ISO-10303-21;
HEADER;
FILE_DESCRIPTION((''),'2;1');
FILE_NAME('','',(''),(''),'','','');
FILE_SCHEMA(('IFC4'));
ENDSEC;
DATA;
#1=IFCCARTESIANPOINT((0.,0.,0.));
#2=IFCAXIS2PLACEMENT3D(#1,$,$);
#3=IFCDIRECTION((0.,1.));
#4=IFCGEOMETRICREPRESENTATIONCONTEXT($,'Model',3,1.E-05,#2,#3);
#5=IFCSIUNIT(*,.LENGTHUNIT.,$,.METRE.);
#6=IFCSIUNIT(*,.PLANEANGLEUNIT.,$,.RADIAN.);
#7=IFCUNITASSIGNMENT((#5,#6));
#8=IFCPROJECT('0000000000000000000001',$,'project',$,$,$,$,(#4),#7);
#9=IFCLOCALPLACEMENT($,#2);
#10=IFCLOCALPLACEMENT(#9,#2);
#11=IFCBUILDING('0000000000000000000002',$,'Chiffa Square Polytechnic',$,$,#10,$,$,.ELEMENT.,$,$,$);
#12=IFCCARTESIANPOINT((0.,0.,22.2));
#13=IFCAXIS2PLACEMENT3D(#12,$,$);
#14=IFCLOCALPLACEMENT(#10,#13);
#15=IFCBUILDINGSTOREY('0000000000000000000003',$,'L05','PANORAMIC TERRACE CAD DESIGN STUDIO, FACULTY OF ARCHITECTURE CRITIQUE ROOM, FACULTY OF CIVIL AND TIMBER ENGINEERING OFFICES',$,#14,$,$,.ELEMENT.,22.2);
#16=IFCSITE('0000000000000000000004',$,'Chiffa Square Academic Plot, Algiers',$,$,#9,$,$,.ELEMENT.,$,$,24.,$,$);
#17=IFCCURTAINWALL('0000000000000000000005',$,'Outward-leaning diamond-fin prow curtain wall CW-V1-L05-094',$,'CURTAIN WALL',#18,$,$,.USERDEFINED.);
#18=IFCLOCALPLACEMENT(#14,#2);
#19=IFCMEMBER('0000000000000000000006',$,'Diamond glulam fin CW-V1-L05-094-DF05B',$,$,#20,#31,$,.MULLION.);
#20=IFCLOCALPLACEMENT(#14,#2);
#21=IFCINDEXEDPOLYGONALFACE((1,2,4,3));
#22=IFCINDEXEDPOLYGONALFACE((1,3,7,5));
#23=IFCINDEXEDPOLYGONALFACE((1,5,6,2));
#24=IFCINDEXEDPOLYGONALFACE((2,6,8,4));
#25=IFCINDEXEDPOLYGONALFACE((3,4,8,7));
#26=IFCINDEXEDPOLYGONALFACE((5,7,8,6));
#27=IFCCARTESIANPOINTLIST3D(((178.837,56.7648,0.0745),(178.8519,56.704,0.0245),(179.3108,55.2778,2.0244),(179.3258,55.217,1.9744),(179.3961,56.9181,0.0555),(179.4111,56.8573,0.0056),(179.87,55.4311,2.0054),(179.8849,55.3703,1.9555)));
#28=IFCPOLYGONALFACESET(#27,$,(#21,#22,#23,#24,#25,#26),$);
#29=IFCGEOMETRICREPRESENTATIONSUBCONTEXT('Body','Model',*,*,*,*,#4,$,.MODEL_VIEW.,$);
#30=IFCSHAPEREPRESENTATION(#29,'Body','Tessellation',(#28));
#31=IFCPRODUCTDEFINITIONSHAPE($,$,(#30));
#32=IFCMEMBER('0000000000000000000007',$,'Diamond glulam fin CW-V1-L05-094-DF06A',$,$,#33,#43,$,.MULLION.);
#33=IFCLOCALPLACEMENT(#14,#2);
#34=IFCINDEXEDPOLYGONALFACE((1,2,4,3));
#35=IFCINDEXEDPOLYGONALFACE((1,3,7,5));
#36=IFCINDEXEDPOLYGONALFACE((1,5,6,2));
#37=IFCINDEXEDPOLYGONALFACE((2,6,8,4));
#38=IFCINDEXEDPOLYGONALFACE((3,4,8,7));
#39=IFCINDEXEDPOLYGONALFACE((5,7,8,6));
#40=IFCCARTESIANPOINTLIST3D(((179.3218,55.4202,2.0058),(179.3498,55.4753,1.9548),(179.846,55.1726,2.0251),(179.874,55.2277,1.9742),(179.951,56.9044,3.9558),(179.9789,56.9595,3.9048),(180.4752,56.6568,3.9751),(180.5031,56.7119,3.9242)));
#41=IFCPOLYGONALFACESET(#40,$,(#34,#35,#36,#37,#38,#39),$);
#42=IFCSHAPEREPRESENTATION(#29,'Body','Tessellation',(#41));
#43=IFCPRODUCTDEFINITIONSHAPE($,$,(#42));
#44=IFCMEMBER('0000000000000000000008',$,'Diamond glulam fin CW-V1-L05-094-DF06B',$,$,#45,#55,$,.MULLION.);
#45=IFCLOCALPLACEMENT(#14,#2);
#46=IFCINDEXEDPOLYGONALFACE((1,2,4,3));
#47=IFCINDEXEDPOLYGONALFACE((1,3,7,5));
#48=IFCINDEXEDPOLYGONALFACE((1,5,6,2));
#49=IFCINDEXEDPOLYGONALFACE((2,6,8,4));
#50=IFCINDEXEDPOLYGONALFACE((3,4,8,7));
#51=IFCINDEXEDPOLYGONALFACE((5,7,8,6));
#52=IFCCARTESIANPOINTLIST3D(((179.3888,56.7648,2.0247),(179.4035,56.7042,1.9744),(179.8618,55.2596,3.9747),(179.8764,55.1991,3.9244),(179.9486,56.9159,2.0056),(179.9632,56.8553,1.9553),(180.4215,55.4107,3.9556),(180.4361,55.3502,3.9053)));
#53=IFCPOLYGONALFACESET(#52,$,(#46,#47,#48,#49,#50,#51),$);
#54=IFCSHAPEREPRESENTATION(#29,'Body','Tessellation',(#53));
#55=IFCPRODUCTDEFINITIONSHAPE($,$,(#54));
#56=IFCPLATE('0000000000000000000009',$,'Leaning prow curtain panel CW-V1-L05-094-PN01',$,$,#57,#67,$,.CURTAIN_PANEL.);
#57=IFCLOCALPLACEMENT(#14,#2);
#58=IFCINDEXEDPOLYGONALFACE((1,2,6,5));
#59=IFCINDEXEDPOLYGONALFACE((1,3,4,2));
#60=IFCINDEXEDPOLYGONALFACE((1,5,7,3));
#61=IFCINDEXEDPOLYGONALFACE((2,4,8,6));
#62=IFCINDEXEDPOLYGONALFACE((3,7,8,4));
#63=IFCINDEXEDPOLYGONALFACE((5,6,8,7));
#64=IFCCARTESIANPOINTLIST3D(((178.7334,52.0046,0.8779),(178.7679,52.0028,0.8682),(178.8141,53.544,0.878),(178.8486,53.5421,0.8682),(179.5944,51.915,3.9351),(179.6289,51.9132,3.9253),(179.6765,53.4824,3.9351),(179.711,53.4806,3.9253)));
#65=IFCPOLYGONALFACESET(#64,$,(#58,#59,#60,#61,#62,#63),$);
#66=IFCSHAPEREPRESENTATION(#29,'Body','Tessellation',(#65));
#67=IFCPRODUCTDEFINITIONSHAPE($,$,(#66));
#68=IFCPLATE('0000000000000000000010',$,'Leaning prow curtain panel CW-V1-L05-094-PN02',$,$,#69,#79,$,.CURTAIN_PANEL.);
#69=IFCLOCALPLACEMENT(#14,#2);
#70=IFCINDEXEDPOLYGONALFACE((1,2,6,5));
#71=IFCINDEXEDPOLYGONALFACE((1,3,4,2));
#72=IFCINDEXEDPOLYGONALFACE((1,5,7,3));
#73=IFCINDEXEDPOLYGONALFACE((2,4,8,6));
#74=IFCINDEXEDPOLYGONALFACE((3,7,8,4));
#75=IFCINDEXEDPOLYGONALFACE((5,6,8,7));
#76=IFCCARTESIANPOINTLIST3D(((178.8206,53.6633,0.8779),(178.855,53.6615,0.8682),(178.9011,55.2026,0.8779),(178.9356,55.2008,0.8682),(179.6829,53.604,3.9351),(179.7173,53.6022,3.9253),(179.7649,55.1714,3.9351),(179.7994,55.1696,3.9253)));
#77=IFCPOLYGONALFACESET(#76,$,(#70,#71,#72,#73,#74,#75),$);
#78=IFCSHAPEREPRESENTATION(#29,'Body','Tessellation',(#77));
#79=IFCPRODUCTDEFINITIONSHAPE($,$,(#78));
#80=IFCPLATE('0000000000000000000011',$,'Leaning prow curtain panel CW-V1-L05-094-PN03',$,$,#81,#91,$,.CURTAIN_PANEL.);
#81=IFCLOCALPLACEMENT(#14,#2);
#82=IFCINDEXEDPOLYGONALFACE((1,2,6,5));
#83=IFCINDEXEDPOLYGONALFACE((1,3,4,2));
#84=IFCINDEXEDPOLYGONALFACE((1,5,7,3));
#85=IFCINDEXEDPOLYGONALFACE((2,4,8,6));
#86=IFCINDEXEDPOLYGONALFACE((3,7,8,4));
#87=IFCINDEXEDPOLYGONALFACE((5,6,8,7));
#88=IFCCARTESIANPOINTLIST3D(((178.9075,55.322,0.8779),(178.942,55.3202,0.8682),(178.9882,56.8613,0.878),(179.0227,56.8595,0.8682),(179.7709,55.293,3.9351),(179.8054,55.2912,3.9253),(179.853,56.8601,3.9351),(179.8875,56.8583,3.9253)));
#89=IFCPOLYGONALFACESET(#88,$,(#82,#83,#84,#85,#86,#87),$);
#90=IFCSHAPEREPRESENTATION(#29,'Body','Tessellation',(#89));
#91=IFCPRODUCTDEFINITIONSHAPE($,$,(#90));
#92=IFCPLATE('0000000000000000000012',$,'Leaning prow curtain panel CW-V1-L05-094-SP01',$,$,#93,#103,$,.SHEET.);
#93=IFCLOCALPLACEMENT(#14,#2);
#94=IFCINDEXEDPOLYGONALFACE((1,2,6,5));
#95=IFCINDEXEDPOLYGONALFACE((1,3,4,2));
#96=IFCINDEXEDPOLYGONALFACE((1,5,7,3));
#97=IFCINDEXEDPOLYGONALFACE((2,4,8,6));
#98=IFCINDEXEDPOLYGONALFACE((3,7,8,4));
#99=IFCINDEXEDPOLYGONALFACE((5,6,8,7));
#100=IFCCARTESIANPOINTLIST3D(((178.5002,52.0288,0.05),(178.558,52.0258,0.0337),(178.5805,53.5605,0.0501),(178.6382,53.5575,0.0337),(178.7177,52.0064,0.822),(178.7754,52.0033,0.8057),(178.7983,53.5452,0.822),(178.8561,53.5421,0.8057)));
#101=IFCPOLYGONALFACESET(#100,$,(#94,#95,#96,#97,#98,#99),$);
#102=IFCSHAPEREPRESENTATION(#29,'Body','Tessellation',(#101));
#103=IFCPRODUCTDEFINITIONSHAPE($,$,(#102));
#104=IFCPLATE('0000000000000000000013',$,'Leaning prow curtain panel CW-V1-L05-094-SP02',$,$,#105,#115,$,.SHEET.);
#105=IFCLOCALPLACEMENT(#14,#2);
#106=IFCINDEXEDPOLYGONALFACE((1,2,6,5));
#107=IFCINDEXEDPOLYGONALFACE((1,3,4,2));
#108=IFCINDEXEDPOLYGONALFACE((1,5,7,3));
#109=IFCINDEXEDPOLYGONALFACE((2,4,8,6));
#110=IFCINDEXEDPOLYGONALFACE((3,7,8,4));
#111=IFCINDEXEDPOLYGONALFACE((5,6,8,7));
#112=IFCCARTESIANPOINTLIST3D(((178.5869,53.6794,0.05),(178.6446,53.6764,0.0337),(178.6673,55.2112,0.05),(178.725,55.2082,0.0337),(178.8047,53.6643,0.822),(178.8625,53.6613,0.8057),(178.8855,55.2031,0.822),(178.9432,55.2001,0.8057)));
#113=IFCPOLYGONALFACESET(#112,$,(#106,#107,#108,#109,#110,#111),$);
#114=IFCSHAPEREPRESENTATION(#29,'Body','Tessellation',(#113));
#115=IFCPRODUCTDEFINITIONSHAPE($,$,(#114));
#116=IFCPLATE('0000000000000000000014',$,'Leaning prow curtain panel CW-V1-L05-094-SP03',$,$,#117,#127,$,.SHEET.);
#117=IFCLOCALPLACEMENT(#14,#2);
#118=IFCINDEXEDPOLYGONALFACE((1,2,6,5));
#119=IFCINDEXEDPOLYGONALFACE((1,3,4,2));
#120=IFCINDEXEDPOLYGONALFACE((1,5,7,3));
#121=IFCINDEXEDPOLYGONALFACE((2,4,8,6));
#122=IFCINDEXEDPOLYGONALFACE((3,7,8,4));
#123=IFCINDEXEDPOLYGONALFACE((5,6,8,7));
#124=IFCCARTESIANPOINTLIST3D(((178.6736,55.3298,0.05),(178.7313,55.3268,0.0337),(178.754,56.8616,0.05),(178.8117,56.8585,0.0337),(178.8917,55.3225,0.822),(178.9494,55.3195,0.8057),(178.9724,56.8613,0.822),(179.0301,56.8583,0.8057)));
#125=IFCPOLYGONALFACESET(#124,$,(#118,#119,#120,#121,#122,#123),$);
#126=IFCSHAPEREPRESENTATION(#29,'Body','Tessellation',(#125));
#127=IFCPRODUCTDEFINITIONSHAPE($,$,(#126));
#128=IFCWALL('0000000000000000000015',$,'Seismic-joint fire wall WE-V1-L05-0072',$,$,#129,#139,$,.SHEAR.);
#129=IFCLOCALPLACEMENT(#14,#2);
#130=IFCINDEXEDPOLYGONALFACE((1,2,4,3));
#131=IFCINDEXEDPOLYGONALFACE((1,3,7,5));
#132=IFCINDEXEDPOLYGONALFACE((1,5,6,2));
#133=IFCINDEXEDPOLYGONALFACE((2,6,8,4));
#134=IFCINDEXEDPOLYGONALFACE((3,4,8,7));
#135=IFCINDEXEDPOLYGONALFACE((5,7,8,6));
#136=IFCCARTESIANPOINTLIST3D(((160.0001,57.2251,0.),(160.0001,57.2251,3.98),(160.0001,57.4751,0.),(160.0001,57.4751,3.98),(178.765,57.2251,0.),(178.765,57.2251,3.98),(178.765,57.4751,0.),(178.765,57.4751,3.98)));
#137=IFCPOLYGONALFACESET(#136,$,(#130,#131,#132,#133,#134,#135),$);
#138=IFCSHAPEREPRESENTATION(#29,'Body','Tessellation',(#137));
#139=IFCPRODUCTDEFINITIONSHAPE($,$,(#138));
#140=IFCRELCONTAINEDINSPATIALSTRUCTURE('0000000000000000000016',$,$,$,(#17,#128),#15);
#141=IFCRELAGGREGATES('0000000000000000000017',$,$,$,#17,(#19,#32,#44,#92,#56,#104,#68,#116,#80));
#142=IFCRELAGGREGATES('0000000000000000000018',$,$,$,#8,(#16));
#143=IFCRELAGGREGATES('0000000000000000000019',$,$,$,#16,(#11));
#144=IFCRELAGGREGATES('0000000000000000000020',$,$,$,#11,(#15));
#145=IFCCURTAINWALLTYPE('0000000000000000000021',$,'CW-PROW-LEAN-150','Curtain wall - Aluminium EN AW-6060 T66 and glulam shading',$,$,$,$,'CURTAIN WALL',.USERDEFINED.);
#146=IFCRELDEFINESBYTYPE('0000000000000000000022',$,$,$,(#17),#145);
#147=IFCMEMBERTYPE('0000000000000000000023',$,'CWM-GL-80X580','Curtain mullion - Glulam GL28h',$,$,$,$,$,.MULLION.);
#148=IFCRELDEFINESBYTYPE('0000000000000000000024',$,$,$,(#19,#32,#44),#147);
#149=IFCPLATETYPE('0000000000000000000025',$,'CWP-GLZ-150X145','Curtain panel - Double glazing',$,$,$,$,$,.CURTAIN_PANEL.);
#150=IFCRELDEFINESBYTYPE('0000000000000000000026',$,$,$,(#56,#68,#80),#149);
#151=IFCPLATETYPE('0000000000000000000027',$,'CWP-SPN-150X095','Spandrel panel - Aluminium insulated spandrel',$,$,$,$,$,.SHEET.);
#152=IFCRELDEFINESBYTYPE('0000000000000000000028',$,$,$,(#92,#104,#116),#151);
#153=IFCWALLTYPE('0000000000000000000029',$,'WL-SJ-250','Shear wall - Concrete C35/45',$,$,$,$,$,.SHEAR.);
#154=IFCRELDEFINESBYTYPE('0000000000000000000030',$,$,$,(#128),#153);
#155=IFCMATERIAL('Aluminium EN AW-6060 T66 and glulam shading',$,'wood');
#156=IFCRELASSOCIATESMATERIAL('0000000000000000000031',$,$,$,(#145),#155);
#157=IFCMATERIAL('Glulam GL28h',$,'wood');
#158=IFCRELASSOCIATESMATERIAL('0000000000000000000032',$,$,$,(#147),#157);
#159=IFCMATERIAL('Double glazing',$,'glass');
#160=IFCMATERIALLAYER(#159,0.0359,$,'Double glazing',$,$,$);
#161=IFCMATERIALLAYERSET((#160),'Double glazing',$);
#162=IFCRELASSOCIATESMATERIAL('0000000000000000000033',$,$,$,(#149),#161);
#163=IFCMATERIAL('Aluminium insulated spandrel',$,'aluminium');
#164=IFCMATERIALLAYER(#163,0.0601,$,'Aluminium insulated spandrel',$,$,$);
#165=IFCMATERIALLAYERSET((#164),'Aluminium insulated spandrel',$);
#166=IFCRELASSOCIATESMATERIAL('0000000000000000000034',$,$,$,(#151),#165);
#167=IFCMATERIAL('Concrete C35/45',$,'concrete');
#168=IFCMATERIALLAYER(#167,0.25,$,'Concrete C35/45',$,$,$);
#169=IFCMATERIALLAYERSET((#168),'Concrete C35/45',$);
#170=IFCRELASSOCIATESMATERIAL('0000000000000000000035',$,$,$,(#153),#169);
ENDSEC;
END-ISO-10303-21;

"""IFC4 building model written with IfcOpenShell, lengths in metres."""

from ifc_helpers import new_model, si_unit, direction, frame, frame_2d, origin, origin_2d, place, context, subcontext, project, spatial, polyline, rectangle, outline, extrude, material, layer, layer_set, material_profile, profile_set, type_object, element, aggregate, save


model = new_model("IFC4")

# Units and contexts
model_context = context("Model", 3, precision=1e-05, world=origin(), true_north=direction((0.0, 1.0)))
body_context = subcontext(model_context, "Body", "Model", "MODEL_VIEW")
ifc_project = project(units=[si_unit("LENGTHUNIT", "METRE"), si_unit("PLANEANGLEUNIT", "RADIAN")], contexts=[model_context])

# Site, building, storey
site_placement = place(None, origin())
site = spatial("IfcSite", under=ifc_project, at=site_placement, Name="Chiffa Square Academic Plot, Algiers", CompositionType="ELEMENT", RefElevation=24.0)
building_placement = place(site_placement, origin())
building = spatial("IfcBuilding", under=site, at=building_placement, Name="Chiffa Square Polytechnic", CompositionType="ELEMENT")
storey_placement = place(building_placement, frame((0.0, 0.0, 22.2)))
storey = spatial("IfcBuildingStorey", under=building, at=storey_placement, Name="L05", Description="PANORAMIC TERRACE CAD DESIGN STUDIO, FACULTY OF ARCHITECTURE CRITIQUE ROOM, FACULTY OF CIVIL AND TIMBER ENGINEERING OFFICES", CompositionType="ELEMENT", Elevation=22.2)

# Curtain wall, members, plates
ifc_material_1 = material(Name="Aluminium EN AW-6060 T66 and glulam shading", Category="wood")
curtain_wall_type = type_object("IfcCurtainWallType", Name="CW-PROW-LEAN-150", Description="Curtain wall - Aluminium EN AW-6060 T66 and glulam shading", ElementType="CURTAIN WALL", PredefinedType="USERDEFINED", material=ifc_material_1)
curtain_wall_placement = place(storey_placement, origin())
curtain_wall = element("IfcCurtainWall", 1, at=curtain_wall_placement, inside=storey, type_object=curtain_wall_type, Name="Outward-leaning diamond-fin prow curtain wall CW-V1-L05-094", ObjectType="CURTAIN WALL", PredefinedType="USERDEFINED")
ifc_material_2 = material(Name="Glulam GL28h", Category="wood")
ifc_material_profile_1 = material_profile(ifc_material_2, rectangle(XDim=0.0801, YDim=0.5801, at=origin_2d()), Name="GL28h 80x580")
ifc_profile_set_1 = profile_set([ifc_material_profile_1], Name="Glulam GL28h")
member_type_1 = type_object("IfcMemberType", Name="CWM-GL-80X580", Description="Curtain mullion - Glulam GL28h", PredefinedType="MULLION", material=ifc_profile_set_1)
member_1_placement = place(storey_placement, frame((179.124, 56.811, 0.04), z_axis=(0.18973, -0.595386, 0.780717), x_axis=(-0.186854, 0.758732, 0.624029)))
member_1 = element("IfcMember", 2, at=member_1_placement, type_object=member_type_1, Name="Diamond glulam fin CW-V1-L05-094-DF05B", PredefinedType="MULLION", context=body_context, shape_type="SweptSolid", body=[
    extrude(rectangle(XDim=0.0801, YDim=0.5801, at=origin_2d()), origin(), (0.0, 0.0, 1.0), 2.4976),
])
member_2_placement = place(storey_placement, frame((179.5979, 55.324, 1.99), z_axis=(0.248678, 0.586618, 0.770739), x_axis=(-0.34859, -0.688212, 0.636278)))
member_2 = element("IfcMember", 3, at=member_2_placement, type_object=member_type_1, Name="Diamond glulam fin CW-V1-L05-094-DF06A", PredefinedType="MULLION", context=body_context, shape_type="SweptSolid", body=[
    extrude(rectangle(XDim=0.0801, YDim=0.5801, at=origin_2d()), origin(), (0.0, 0.0, 1.0), 2.53),
])
member_3_placement = place(storey_placement, frame((179.676, 56.8101, 1.99), z_axis=(0.188537, -0.600069, 0.777413), x_axis=(-0.182778, 0.756338, 0.628129)))
member_3 = element("IfcMember", 4, at=member_3_placement, type_object=member_type_1, Name="Diamond glulam fin CW-V1-L05-094-DF06B", PredefinedType="MULLION", context=body_context, shape_type="SweptSolid", body=[
    extrude(rectangle(XDim=0.0801, YDim=0.5801, at=origin_2d()), origin(), (0.0, 0.0, 1.0), 2.5083),
])
ifc_material_3 = material(Name="Double glazing", Category="glass")
ifc_layer_1 = layer(ifc_material_3, 0.0359, Name="Double glazing")
ifc_layer_set_1 = layer_set([ifc_layer_1], Name="Double glazing")
plate_type_1 = type_object("IfcPlateType", Name="CWP-GLZ-150X145", Description="Curtain panel - Double glazing", PredefinedType="CURTAIN_PANEL", material=ifc_layer_set_1)
plate_1_placement = place(storey_placement, frame((178.7334, 52.0046, 0.8779), z_axis=(-0.960949, 0.05037, 0.272102), x_axis=(0.052351, 0.998629, 0.000021)))
plate_1 = element("IfcPlate", 5, at=plate_1_placement, type_object=plate_type_1, Name="Leaning prow curtain panel CW-V1-L05-094-PN01", PredefinedType="CURTAIN_PANEL", context=body_context, shape_type="SweptSolid", body=[
    extrude(outline(polyline([(0.0, 0.0), (1.5414, 0.0), (1.5252, -3.177), (-0.0443, -3.177), (0.0, 0.0)])), origin(), (0.0, 0.0, -1.0), 0.0359),
])
plate_2_placement = place(storey_placement, frame((178.8206, 53.6633, 0.8779), z_axis=(-0.960973, 0.050295, 0.272031), x_axis=(0.052266, 0.998633, 0.0)))
plate_2 = element("IfcPlate", 6, at=plate_2_placement, type_object=plate_type_1, Name="Leaning prow curtain panel CW-V1-L05-094-PN02", PredefinedType="CURTAIN_PANEL", context=body_context, shape_type="SweptSolid", body=[
    extrude(outline(polyline([(0.0, 0.0), (1.5414, 0.0), (1.5554, -3.1769), (-0.0142, -3.1769), (0.0, 0.0)])), origin(), (0.0, 0.0, -1.0), 0.0359),
])
plate_3_placement = place(storey_placement, frame((178.9075, 55.322, 0.8779), z_axis=(-0.961009, 0.050377, 0.271891), x_axis=(0.052354, 0.998629, 0.00002)))
plate_3 = element("IfcPlate", 7, at=plate_3_placement, type_object=plate_type_1, Name="Leaning prow curtain panel CW-V1-L05-094-PN03", PredefinedType="CURTAIN_PANEL", context=body_context, shape_type="SweptSolid", body=[
    extrude(outline(polyline([(0.0, 0.0), (1.5414, 0.0), (1.5855, -3.1768), (0.0163, -3.1768), (0.0, 0.0)])), origin(), (0.0, 0.0, -1.0), 0.0359),
])
ifc_material_4 = material(Name="Aluminium insulated spandrel", Category="aluminium")
ifc_layer_2 = layer(ifc_material_4, 0.0601, Name="Aluminium insulated spandrel")
ifc_layer_set_2 = layer_set([ifc_layer_2], Name="Aluminium insulated spandrel")
plate_type_2 = type_object("IfcPlateType", Name="CWP-SPN-150X095", Description="Spandrel panel - Aluminium insulated spandrel", PredefinedType="SHEET", material=ifc_layer_set_2)
plate_4_placement = place(storey_placement, frame((178.5002, 52.0288, 0.05), z_axis=(-0.960933, 0.05035, 0.272161), x_axis=(0.052329, 0.99863, 0.000011)))
plate_4 = element("IfcPlate", 8, at=plate_4_placement, type_object=plate_type_2, Name="Leaning prow curtain panel CW-V1-L05-094-SP01", PredefinedType="SHEET", context=body_context, shape_type="SweptSolid", body=[
    extrude(outline(polyline([(0.0, 0.0), (1.5338, 0.0), (1.5299, -0.8022), (-0.011, -0.8023), (0.0, 0.0)])), origin(), (0.0, 0.0, -1.0), 0.0601),
])
plate_5_placement = place(storey_placement, frame((178.5869, 53.6794, 0.05), z_axis=(-0.960935, 0.050427, 0.272141), x_axis=(0.052402, 0.998626, -0.00001)))
plate_5 = element("IfcPlate", 9, at=plate_5_placement, type_object=plate_type_2, Name="Leaning prow curtain panel CW-V1-L05-094-SP02", PredefinedType="SHEET", context=body_context, shape_type="SweptSolid", body=[
    extrude(outline(polyline([(0.0, 0.0), (1.5338, 0.0), (1.5372, -0.8023), (-0.0037, -0.8022), (0.0, 0.0)])), origin(), (0.0, 0.0, -1.0), 0.0601),
])
plate_6_placement = place(storey_placement, frame((178.6736, 55.3298, 0.05), z_axis=(-0.960989, 0.05043, 0.27195), x_axis=(0.052402, 0.998626, -0.00001)))
plate_6 = element("IfcPlate", 10, at=plate_6_placement, type_object=plate_type_2, Name="Leaning prow curtain panel CW-V1-L05-094-SP03", PredefinedType="SHEET", context=body_context, shape_type="SweptSolid", body=[
    extrude(outline(polyline([(0.0, 0.0), (1.5338, 0.0), (1.545, -0.8022), (0.0041, -0.8022), (0.0, 0.0)])), origin(), (0.0, 0.0, -1.0), 0.0601),
])
aggregate(curtain_wall, [member_1, member_2, member_3, plate_4, plate_1, plate_5, plate_2, plate_6, plate_3])

# Wall
ifc_material_5 = material(Name="Concrete C35/45", Category="concrete")
ifc_layer_3 = layer(ifc_material_5, 0.25, Name="Concrete C35/45")
ifc_layer_set_3 = layer_set([ifc_layer_3], Name="Concrete C35/45")
wall_type = type_object("IfcWallType", Name="WL-SJ-250", Description="Shear wall - Concrete C35/45", PredefinedType="SHEAR", material=ifc_layer_set_3)
wall_placement = place(storey_placement, frame((178.7649, 57.3501, 0.0), z_axis=(0.0, 0.0, 1.0), x_axis=(-1.0, 0.0, 0.0)))
element("IfcWall", 11, at=wall_placement, inside=storey, type_object=wall_type, Name="Seismic-joint fire wall WE-V1-L05-0072", PredefinedType="SHEAR", context=body_context, shape_type="SweptSolid", body=[
    extrude(rectangle(XDim=18.7649, YDim=0.25, at=frame_2d((9.3823, 0.0))), origin(), (0.0, 0.0, 1.0), 3.98),
])

save(model, "model.ifc")
